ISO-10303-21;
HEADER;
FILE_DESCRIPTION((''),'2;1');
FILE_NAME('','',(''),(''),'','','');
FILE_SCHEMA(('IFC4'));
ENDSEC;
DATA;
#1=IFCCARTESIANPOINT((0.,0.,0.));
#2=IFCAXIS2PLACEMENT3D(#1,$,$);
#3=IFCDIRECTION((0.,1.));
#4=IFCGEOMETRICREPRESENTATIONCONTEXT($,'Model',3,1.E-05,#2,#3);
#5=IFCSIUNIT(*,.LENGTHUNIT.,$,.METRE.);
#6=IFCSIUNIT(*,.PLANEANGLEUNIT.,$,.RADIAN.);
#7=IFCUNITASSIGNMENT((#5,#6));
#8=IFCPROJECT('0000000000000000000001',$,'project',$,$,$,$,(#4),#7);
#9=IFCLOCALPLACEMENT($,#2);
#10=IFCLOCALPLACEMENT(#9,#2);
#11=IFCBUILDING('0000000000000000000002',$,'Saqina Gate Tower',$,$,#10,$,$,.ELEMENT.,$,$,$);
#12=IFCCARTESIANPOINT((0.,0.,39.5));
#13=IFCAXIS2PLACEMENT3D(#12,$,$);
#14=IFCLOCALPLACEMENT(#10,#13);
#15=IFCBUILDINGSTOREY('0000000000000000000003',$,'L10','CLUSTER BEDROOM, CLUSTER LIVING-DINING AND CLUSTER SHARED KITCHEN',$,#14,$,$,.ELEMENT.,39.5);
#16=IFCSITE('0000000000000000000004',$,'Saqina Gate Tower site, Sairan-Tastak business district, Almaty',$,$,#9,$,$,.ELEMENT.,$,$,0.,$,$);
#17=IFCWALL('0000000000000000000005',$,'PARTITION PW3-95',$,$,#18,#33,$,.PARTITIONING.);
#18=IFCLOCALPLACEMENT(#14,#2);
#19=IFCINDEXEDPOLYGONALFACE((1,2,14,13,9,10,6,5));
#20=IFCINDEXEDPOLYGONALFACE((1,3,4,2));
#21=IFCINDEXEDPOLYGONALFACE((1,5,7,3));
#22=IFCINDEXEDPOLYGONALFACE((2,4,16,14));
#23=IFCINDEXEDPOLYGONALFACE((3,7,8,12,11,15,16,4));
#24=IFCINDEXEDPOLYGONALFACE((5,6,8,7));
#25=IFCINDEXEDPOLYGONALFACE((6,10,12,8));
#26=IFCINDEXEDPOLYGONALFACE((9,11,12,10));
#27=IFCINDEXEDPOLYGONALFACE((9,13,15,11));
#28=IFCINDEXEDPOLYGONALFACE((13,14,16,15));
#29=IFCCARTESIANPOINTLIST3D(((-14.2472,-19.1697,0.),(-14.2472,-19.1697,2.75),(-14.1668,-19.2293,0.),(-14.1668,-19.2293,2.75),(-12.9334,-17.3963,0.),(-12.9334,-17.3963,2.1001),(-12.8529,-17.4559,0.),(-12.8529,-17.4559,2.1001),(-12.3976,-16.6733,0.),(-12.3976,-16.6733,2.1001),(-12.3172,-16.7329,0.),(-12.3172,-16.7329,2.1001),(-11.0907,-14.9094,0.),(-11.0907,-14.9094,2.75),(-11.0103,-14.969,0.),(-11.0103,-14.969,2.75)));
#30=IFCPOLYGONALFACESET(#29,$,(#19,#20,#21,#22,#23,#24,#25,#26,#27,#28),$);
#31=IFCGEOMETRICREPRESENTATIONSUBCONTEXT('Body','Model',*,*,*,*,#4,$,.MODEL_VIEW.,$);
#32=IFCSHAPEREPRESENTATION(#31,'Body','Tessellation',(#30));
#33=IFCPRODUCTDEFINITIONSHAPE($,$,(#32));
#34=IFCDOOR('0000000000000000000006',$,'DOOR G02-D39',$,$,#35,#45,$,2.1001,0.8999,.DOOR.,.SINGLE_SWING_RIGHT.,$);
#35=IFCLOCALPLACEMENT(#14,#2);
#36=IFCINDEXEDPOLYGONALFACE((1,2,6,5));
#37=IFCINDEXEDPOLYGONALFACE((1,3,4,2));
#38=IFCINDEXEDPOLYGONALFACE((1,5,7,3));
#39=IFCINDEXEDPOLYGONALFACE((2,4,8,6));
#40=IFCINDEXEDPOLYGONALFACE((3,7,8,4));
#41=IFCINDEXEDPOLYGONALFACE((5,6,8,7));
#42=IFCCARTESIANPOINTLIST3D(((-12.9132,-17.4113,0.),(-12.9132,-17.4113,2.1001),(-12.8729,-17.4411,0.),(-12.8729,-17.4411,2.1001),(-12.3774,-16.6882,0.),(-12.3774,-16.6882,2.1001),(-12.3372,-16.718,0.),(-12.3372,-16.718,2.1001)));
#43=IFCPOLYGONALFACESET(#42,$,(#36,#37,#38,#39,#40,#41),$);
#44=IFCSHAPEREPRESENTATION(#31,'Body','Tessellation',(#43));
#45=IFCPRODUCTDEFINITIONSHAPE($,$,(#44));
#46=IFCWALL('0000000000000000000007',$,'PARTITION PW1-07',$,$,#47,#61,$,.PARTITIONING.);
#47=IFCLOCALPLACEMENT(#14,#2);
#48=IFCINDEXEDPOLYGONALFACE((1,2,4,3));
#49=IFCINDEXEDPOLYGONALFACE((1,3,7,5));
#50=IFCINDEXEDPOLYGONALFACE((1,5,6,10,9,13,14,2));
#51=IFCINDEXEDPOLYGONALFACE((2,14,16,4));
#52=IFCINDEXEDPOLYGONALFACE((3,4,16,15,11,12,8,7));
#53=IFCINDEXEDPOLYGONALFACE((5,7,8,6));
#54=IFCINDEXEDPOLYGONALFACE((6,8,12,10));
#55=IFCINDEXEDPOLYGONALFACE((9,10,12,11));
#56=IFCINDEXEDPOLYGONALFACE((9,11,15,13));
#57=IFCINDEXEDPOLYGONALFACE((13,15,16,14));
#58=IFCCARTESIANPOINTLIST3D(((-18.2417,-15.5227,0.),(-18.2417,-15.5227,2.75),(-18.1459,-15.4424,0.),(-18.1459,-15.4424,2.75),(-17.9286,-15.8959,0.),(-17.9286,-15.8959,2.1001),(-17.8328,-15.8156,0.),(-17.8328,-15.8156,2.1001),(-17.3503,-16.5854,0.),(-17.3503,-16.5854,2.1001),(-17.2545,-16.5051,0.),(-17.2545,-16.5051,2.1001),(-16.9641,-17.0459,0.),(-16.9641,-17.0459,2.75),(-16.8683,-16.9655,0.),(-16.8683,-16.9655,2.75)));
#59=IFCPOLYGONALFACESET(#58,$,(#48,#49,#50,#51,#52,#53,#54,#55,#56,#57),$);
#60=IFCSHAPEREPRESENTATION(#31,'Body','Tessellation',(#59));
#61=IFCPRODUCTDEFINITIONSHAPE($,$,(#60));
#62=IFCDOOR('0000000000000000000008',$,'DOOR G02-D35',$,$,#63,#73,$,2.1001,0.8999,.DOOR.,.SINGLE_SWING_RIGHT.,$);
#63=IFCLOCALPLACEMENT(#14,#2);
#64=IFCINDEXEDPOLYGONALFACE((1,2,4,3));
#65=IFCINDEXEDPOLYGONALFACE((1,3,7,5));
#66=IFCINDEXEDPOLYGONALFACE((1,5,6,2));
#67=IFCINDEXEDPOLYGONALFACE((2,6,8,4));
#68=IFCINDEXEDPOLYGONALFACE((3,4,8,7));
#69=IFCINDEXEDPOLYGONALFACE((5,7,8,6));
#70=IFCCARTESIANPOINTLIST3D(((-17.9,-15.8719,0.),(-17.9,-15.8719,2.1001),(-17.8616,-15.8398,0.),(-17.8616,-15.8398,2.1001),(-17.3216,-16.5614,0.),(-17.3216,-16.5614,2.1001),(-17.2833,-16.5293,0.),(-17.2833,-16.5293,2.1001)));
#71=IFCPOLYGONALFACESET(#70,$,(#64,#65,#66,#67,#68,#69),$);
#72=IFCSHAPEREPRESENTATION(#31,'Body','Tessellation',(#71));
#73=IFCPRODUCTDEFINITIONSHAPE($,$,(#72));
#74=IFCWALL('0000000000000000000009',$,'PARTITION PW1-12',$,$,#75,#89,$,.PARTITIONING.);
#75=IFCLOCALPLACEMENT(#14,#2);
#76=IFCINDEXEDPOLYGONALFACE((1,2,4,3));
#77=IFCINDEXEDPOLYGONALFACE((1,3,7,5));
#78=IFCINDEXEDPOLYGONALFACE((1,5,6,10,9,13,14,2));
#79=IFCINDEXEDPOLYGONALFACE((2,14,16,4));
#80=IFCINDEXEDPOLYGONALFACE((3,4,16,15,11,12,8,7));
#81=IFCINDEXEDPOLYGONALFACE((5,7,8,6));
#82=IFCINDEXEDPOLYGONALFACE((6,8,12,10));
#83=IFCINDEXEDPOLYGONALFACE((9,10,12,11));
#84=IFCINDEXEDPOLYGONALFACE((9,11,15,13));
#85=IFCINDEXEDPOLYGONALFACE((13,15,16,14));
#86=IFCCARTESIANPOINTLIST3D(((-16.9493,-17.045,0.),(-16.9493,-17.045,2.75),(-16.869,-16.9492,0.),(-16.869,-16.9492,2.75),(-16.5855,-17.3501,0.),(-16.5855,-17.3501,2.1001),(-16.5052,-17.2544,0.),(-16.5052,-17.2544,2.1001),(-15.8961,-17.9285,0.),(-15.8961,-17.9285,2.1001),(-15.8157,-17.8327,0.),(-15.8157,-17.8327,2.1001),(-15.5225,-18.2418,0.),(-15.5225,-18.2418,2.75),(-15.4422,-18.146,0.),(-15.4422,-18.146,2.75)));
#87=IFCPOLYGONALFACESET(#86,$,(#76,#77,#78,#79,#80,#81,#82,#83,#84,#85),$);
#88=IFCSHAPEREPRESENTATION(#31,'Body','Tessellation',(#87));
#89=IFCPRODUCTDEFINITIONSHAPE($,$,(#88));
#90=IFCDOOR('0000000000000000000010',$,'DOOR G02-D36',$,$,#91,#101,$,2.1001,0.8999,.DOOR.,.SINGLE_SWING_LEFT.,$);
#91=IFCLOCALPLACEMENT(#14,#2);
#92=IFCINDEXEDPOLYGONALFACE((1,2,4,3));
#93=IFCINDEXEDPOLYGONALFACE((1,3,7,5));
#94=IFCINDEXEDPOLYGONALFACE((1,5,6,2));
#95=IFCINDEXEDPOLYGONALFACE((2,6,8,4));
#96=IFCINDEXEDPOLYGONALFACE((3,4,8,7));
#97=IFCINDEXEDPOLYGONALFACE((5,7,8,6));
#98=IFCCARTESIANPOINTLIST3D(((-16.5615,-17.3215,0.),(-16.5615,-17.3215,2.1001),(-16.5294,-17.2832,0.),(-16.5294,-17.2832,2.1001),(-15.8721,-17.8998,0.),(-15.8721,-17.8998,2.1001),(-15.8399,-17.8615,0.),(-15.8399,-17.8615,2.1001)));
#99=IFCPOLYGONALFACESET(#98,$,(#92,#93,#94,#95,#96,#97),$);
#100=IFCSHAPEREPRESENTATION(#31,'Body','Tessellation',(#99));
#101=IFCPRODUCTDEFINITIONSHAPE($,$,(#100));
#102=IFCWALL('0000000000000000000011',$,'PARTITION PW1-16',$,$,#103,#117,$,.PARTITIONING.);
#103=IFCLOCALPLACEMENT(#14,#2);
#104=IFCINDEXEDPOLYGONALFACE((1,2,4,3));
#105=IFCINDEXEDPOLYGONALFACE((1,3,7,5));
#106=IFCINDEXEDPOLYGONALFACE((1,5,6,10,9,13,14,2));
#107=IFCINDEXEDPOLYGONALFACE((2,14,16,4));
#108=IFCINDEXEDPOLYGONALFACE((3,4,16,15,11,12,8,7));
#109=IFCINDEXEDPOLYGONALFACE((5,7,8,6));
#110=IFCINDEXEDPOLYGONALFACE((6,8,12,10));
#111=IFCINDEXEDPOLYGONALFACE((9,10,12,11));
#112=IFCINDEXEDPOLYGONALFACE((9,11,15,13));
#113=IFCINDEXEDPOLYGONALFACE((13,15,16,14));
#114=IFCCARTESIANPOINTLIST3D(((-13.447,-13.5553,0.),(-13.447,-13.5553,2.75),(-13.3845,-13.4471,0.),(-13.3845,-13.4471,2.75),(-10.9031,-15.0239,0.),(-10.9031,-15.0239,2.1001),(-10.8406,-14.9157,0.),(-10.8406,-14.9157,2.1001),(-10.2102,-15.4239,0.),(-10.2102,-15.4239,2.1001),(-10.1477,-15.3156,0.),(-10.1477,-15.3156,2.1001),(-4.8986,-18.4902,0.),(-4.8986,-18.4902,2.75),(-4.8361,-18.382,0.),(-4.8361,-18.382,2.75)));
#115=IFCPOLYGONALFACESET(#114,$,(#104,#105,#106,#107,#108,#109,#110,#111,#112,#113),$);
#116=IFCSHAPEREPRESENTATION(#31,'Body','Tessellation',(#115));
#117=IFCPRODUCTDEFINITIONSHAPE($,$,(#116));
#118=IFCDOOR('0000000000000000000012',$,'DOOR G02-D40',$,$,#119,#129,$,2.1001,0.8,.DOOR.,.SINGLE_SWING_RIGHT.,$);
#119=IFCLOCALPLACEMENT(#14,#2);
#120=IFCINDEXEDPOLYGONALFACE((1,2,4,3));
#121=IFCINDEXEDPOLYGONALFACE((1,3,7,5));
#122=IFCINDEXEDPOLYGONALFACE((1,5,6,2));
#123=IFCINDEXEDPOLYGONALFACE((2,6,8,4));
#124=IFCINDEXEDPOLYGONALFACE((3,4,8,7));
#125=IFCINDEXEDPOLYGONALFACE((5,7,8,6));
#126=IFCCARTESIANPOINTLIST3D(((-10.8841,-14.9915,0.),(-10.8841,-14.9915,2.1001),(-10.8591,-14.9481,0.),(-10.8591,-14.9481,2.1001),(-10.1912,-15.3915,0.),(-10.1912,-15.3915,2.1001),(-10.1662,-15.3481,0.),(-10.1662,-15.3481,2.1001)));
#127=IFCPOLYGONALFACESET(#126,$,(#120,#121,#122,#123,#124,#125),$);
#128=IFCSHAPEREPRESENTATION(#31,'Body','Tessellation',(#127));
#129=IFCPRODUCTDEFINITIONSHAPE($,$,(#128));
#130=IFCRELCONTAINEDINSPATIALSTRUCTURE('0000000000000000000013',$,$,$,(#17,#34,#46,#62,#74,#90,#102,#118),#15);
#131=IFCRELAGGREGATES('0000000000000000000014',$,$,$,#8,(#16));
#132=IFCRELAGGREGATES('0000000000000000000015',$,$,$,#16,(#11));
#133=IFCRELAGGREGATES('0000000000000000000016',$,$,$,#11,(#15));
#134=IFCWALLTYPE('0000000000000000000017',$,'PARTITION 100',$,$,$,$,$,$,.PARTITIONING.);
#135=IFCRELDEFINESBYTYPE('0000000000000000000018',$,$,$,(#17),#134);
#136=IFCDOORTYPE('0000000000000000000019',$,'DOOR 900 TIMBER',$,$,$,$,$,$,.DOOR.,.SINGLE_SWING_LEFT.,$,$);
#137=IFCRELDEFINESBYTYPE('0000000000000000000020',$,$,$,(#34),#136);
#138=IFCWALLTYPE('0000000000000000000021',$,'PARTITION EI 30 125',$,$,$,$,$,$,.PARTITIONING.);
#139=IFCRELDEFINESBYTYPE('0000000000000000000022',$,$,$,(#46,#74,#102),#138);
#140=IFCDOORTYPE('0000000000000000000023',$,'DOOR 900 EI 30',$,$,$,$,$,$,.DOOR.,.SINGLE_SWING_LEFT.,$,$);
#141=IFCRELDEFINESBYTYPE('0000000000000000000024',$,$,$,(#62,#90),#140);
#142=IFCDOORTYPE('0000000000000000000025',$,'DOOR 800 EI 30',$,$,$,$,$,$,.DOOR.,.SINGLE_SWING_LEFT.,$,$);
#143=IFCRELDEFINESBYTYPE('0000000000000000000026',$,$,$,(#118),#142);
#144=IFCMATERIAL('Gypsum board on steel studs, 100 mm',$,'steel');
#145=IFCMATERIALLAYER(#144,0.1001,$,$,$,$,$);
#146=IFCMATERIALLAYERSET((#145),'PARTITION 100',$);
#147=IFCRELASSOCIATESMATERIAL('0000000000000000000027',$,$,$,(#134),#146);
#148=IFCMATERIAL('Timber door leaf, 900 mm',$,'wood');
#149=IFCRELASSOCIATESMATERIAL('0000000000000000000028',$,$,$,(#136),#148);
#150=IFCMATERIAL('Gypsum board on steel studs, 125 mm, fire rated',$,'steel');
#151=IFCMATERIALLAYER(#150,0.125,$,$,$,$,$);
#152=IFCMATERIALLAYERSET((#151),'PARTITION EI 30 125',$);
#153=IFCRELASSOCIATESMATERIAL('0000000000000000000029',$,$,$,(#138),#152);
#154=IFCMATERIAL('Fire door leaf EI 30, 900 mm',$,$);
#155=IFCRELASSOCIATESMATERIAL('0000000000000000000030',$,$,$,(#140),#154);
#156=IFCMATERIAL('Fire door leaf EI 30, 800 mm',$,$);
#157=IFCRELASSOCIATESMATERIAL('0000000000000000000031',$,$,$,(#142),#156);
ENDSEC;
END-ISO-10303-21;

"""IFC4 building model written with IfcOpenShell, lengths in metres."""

from ifc_helpers import new_model, si_unit, direction, frame, frame_2d, origin, place, context, subcontext, project, spatial, rectangle, extrude, material, layer, layer_set, type_object, element, fill, save


model = new_model("IFC4")

# Units and contexts
model_context = context("Model", 3, precision=1e-05, world=origin(), true_north=direction((0.0, 1.0)))
body_context = subcontext(model_context, "Body", "Model", "MODEL_VIEW")
ifc_project = project(units=[si_unit("LENGTHUNIT", "METRE"), si_unit("PLANEANGLEUNIT", "RADIAN")], contexts=[model_context])

# Site, building, storey
site_placement = place(None, origin())
site = spatial("IfcSite", under=ifc_project, at=site_placement, Name="Saqina Gate Tower site, Sairan-Tastak business district, Almaty", CompositionType="ELEMENT", RefElevation=0.0)
building_placement = place(site_placement, origin())
building = spatial("IfcBuilding", under=site, at=building_placement, Name="Saqina Gate Tower", CompositionType="ELEMENT")
storey_placement = place(building_placement, frame((0.0, 0.0, 39.5)))
storey = spatial("IfcBuildingStorey", under=building, at=storey_placement, Name="L10", Description="CLUSTER BEDROOM, CLUSTER LIVING-DINING AND CLUSTER SHARED KITCHEN", CompositionType="ELEMENT", Elevation=39.5)

# Shared definitions
ifc_material_1 = material(Name="Gypsum board on steel studs, 100 mm", Category="steel")
ifc_layer_1 = layer(ifc_material_1, 0.1001)
ifc_layer_set_1 = layer_set([ifc_layer_1], Name="PARTITION 100")
wall_type_1 = type_object("IfcWallType", Name="PARTITION 100", PredefinedType="PARTITIONING", material=ifc_layer_set_1)

# Walls, openings, doors
wall_1_placement = place(storey_placement, frame((-14.207, -19.1995, 0.0), z_axis=(0.0, 0.0, 1.0), x_axis=(0.595319, 0.803489, 0.0)))
wall_1 = element("IfcWall", 1, at=wall_1_placement, inside=storey, type_object=wall_type_1, Name="PARTITION PW3-95", PredefinedType="PARTITIONING", context=body_context, shape_type="SweptSolid", body=[
    extrude(rectangle(XDim=5.3022, YDim=0.1001, at=frame_2d((2.6511, 0.0))), origin(), (0.0, 0.0, 1.0), 2.75),
])
opening_1_placement = place(wall_1_placement, frame((2.207, 0.0, 0.0)))
opening_1 = element("IfcOpeningElement", 2, at=opening_1_placement, cuts=wall_1, PredefinedType="OPENING", context=body_context, shape_type="SweptSolid", body=[
    extrude(rectangle(XDim=0.8999, YDim=2.1001, at=frame_2d((0.45, 1.05))), frame((0.0, 0.062, 0.0), z_axis=(0.0, -1.0, 0.0), x_axis=(1.0, 0.0, 0.0)), (0.0, 0.0, 1.0), 0.124),
])
ifc_material_2 = material(Name="Timber door leaf, 900 mm", Category="wood")
door_type_1 = type_object("IfcDoorType", Name="DOOR 900 TIMBER", OperationType="SINGLE_SWING_LEFT", PredefinedType="DOOR", material=ifc_material_2)
door_1_placement = place(opening_1_placement, origin())
door_1 = element("IfcDoor", 3, at=door_1_placement, inside=storey, type_object=door_type_1, Name="DOOR G02-D39", OperationType="SINGLE_SWING_RIGHT", OverallHeight=2.1001, OverallWidth=0.8999, PredefinedType="DOOR", context=body_context, shape_type="SweptSolid", body=[
    extrude(rectangle(XDim=0.8999, YDim=2.1001, at=frame_2d((0.45, 1.05))), frame((0.0, 0.0249, 0.0), z_axis=(0.0, -1.0, 0.0), x_axis=(1.0, 0.0, 0.0)), (0.0, 0.0, 1.0), 0.05),
])
fill(opening_1, door_1)
ifc_material_3 = material(Name="Gypsum board on steel studs, 125 mm, fire rated", Category="steel")
ifc_layer_2 = layer(ifc_material_3, 0.125)
ifc_layer_set_2 = layer_set([ifc_layer_2], Name="PARTITION EI 30 125")
wall_type_2 = type_object("IfcWallType", Name="PARTITION EI 30 125", PredefinedType="PARTITIONING", material=ifc_layer_set_2)
wall_2_placement = place(storey_placement, frame((-18.1938, -15.4824, 0.0), z_axis=(0.0, 0.0, 1.0), x_axis=(0.642633, -0.766174, 0.0)))
wall_2 = element("IfcWall", 4, at=wall_2_placement, inside=storey, type_object=wall_type_2, Name="PARTITION PW1-07", PredefinedType="PARTITIONING", context=body_context, shape_type="SweptSolid", body=[
    extrude(rectangle(XDim=1.988, YDim=0.125, at=frame_2d((0.9941, 0.0))), origin(), (0.0, 0.0, 1.0), 2.75),
])
opening_2_placement = place(wall_2_placement, frame((0.4873, 0.0, 0.0)))
opening_2 = element("IfcOpeningElement", 5, at=opening_2_placement, cuts=wall_2, PredefinedType="OPENING", context=body_context, shape_type="SweptSolid", body=[
    extrude(rectangle(XDim=0.8999, YDim=2.1001, at=frame_2d((0.45, 1.05))), frame((0.0, 0.0745, 0.0), z_axis=(0.0, -1.0, 0.0), x_axis=(1.0, 0.0, 0.0)), (0.0, 0.0, 1.0), 0.1489),
])
ifc_material_4 = material(Name="Fire door leaf EI 30, 900 mm")
door_type_2 = type_object("IfcDoorType", Name="DOOR 900 EI 30", OperationType="SINGLE_SWING_LEFT", PredefinedType="DOOR", material=ifc_material_4)
door_2_placement = place(opening_2_placement, origin())
door_2 = element("IfcDoor", 6, at=door_2_placement, inside=storey, type_object=door_type_2, Name="DOOR G02-D35", OperationType="SINGLE_SWING_RIGHT", OverallHeight=2.1001, OverallWidth=0.8999, PredefinedType="DOOR", context=body_context, shape_type="SweptSolid", body=[
    extrude(rectangle(XDim=0.8999, YDim=2.1001, at=frame_2d((0.45, 1.05))), frame((0.0, 0.0249, 0.0), z_axis=(0.0, -1.0, 0.0), x_axis=(1.0, 0.0, 0.0)), (0.0, 0.0, 1.0), 0.05),
])
fill(opening_2, door_2)
wall_3_placement = place(storey_placement, frame((-16.9092, -16.9971, 0.0), z_axis=(0.0, 0.0, 1.0), x_axis=(0.766154, -0.642657, 0.0)))
wall_3 = element("IfcWall", 7, at=wall_3_placement, inside=storey, type_object=wall_type_2, Name="PARTITION PW1-12", PredefinedType="PARTITIONING", context=body_context, shape_type="SweptSolid", body=[
    extrude(rectangle(XDim=1.8623, YDim=0.125, at=frame_2d((0.9312, 0.0))), origin(), (0.0, 0.0, 1.0), 2.75),
])
opening_3_placement = place(wall_3_placement, frame((0.4749, 0.0, 0.0)))
opening_3 = element("IfcOpeningElement", 8, at=opening_3_placement, cuts=wall_3, PredefinedType="OPENING", context=body_context, shape_type="SweptSolid", body=[
    extrude(rectangle(XDim=0.8999, YDim=2.1001, at=frame_2d((0.45, 1.05))), frame((0.0, 0.0745, 0.0), z_axis=(0.0, -1.0, 0.0), x_axis=(1.0, 0.0, 0.0)), (0.0, 0.0, 1.0), 0.1489),
])
door_3_placement = place(opening_3_placement, origin())
door_3 = element("IfcDoor", 9, at=door_3_placement, inside=storey, type_object=door_type_2, Name="DOOR G02-D36", OperationType="SINGLE_SWING_LEFT", OverallHeight=2.1001, OverallWidth=0.8999, PredefinedType="DOOR", context=body_context, shape_type="SweptSolid", body=[
    extrude(rectangle(XDim=0.8999, YDim=2.1001, at=frame_2d((0.45, 1.05))), frame((0.0, 0.0249, 0.0), z_axis=(0.0, -1.0, 0.0), x_axis=(1.0, 0.0, 0.0)), (0.0, 0.0, 1.0), 0.05),
])
fill(opening_3, door_3)
wall_4_placement = place(storey_placement, frame((-13.4158, -13.5012, 0.0), z_axis=(0.0, 0.0, 1.0), x_axis=(0.86605, -0.499957, 0.0)))
wall_4 = element("IfcWall", 10, at=wall_4_placement, inside=storey, type_object=wall_type_2, Name="PARTITION PW1-16", PredefinedType="PARTITIONING", context=body_context, shape_type="SweptSolid", body=[
    extrude(rectangle(XDim=9.8706, YDim=0.125, at=frame_2d((4.9353, 0.0))), origin(), (0.0, 0.0, 1.0), 2.75),
])
opening_4_placement = place(wall_4_placement, frame((2.9375, 0.0, 0.0)))
opening_4 = element("IfcOpeningElement", 11, at=opening_4_placement, cuts=wall_4, PredefinedType="OPENING", context=body_context, shape_type="SweptSolid", body=[
    extrude(rectangle(XDim=0.8, YDim=2.1001, at=frame_2d((0.3999, 1.05))), frame((0.0, 0.0745, 0.0), z_axis=(0.0, -1.0, 0.0), x_axis=(1.0, 0.0, 0.0)), (0.0, 0.0, 1.0), 0.1489),
])
ifc_material_5 = material(Name="Fire door leaf EI 30, 800 mm")
door_type_3 = type_object("IfcDoorType", Name="DOOR 800 EI 30", OperationType="SINGLE_SWING_LEFT", PredefinedType="DOOR", material=ifc_material_5)
door_4_placement = place(opening_4_placement, frame((0.8, 0.0, 0.0), z_axis=(0.0, 0.0, 1.0), x_axis=(-1.0, 0.0, 0.0)))
door_4 = element("IfcDoor", 12, at=door_4_placement, inside=storey, type_object=door_type_3, Name="DOOR G02-D40", OperationType="SINGLE_SWING_RIGHT", OverallHeight=2.1001, OverallWidth=0.8, PredefinedType="DOOR", context=body_context, shape_type="SweptSolid", body=[
    extrude(rectangle(XDim=0.8, YDim=2.1001, at=frame_2d((0.3999, 1.05))), frame((0.0, 0.0249, 0.0), z_axis=(0.0, -1.0, 0.0), x_axis=(1.0, 0.0, 0.0)), (0.0, 0.0, 1.0), 0.05),
])
fill(opening_4, door_4)

save(model, "model.ifc")
